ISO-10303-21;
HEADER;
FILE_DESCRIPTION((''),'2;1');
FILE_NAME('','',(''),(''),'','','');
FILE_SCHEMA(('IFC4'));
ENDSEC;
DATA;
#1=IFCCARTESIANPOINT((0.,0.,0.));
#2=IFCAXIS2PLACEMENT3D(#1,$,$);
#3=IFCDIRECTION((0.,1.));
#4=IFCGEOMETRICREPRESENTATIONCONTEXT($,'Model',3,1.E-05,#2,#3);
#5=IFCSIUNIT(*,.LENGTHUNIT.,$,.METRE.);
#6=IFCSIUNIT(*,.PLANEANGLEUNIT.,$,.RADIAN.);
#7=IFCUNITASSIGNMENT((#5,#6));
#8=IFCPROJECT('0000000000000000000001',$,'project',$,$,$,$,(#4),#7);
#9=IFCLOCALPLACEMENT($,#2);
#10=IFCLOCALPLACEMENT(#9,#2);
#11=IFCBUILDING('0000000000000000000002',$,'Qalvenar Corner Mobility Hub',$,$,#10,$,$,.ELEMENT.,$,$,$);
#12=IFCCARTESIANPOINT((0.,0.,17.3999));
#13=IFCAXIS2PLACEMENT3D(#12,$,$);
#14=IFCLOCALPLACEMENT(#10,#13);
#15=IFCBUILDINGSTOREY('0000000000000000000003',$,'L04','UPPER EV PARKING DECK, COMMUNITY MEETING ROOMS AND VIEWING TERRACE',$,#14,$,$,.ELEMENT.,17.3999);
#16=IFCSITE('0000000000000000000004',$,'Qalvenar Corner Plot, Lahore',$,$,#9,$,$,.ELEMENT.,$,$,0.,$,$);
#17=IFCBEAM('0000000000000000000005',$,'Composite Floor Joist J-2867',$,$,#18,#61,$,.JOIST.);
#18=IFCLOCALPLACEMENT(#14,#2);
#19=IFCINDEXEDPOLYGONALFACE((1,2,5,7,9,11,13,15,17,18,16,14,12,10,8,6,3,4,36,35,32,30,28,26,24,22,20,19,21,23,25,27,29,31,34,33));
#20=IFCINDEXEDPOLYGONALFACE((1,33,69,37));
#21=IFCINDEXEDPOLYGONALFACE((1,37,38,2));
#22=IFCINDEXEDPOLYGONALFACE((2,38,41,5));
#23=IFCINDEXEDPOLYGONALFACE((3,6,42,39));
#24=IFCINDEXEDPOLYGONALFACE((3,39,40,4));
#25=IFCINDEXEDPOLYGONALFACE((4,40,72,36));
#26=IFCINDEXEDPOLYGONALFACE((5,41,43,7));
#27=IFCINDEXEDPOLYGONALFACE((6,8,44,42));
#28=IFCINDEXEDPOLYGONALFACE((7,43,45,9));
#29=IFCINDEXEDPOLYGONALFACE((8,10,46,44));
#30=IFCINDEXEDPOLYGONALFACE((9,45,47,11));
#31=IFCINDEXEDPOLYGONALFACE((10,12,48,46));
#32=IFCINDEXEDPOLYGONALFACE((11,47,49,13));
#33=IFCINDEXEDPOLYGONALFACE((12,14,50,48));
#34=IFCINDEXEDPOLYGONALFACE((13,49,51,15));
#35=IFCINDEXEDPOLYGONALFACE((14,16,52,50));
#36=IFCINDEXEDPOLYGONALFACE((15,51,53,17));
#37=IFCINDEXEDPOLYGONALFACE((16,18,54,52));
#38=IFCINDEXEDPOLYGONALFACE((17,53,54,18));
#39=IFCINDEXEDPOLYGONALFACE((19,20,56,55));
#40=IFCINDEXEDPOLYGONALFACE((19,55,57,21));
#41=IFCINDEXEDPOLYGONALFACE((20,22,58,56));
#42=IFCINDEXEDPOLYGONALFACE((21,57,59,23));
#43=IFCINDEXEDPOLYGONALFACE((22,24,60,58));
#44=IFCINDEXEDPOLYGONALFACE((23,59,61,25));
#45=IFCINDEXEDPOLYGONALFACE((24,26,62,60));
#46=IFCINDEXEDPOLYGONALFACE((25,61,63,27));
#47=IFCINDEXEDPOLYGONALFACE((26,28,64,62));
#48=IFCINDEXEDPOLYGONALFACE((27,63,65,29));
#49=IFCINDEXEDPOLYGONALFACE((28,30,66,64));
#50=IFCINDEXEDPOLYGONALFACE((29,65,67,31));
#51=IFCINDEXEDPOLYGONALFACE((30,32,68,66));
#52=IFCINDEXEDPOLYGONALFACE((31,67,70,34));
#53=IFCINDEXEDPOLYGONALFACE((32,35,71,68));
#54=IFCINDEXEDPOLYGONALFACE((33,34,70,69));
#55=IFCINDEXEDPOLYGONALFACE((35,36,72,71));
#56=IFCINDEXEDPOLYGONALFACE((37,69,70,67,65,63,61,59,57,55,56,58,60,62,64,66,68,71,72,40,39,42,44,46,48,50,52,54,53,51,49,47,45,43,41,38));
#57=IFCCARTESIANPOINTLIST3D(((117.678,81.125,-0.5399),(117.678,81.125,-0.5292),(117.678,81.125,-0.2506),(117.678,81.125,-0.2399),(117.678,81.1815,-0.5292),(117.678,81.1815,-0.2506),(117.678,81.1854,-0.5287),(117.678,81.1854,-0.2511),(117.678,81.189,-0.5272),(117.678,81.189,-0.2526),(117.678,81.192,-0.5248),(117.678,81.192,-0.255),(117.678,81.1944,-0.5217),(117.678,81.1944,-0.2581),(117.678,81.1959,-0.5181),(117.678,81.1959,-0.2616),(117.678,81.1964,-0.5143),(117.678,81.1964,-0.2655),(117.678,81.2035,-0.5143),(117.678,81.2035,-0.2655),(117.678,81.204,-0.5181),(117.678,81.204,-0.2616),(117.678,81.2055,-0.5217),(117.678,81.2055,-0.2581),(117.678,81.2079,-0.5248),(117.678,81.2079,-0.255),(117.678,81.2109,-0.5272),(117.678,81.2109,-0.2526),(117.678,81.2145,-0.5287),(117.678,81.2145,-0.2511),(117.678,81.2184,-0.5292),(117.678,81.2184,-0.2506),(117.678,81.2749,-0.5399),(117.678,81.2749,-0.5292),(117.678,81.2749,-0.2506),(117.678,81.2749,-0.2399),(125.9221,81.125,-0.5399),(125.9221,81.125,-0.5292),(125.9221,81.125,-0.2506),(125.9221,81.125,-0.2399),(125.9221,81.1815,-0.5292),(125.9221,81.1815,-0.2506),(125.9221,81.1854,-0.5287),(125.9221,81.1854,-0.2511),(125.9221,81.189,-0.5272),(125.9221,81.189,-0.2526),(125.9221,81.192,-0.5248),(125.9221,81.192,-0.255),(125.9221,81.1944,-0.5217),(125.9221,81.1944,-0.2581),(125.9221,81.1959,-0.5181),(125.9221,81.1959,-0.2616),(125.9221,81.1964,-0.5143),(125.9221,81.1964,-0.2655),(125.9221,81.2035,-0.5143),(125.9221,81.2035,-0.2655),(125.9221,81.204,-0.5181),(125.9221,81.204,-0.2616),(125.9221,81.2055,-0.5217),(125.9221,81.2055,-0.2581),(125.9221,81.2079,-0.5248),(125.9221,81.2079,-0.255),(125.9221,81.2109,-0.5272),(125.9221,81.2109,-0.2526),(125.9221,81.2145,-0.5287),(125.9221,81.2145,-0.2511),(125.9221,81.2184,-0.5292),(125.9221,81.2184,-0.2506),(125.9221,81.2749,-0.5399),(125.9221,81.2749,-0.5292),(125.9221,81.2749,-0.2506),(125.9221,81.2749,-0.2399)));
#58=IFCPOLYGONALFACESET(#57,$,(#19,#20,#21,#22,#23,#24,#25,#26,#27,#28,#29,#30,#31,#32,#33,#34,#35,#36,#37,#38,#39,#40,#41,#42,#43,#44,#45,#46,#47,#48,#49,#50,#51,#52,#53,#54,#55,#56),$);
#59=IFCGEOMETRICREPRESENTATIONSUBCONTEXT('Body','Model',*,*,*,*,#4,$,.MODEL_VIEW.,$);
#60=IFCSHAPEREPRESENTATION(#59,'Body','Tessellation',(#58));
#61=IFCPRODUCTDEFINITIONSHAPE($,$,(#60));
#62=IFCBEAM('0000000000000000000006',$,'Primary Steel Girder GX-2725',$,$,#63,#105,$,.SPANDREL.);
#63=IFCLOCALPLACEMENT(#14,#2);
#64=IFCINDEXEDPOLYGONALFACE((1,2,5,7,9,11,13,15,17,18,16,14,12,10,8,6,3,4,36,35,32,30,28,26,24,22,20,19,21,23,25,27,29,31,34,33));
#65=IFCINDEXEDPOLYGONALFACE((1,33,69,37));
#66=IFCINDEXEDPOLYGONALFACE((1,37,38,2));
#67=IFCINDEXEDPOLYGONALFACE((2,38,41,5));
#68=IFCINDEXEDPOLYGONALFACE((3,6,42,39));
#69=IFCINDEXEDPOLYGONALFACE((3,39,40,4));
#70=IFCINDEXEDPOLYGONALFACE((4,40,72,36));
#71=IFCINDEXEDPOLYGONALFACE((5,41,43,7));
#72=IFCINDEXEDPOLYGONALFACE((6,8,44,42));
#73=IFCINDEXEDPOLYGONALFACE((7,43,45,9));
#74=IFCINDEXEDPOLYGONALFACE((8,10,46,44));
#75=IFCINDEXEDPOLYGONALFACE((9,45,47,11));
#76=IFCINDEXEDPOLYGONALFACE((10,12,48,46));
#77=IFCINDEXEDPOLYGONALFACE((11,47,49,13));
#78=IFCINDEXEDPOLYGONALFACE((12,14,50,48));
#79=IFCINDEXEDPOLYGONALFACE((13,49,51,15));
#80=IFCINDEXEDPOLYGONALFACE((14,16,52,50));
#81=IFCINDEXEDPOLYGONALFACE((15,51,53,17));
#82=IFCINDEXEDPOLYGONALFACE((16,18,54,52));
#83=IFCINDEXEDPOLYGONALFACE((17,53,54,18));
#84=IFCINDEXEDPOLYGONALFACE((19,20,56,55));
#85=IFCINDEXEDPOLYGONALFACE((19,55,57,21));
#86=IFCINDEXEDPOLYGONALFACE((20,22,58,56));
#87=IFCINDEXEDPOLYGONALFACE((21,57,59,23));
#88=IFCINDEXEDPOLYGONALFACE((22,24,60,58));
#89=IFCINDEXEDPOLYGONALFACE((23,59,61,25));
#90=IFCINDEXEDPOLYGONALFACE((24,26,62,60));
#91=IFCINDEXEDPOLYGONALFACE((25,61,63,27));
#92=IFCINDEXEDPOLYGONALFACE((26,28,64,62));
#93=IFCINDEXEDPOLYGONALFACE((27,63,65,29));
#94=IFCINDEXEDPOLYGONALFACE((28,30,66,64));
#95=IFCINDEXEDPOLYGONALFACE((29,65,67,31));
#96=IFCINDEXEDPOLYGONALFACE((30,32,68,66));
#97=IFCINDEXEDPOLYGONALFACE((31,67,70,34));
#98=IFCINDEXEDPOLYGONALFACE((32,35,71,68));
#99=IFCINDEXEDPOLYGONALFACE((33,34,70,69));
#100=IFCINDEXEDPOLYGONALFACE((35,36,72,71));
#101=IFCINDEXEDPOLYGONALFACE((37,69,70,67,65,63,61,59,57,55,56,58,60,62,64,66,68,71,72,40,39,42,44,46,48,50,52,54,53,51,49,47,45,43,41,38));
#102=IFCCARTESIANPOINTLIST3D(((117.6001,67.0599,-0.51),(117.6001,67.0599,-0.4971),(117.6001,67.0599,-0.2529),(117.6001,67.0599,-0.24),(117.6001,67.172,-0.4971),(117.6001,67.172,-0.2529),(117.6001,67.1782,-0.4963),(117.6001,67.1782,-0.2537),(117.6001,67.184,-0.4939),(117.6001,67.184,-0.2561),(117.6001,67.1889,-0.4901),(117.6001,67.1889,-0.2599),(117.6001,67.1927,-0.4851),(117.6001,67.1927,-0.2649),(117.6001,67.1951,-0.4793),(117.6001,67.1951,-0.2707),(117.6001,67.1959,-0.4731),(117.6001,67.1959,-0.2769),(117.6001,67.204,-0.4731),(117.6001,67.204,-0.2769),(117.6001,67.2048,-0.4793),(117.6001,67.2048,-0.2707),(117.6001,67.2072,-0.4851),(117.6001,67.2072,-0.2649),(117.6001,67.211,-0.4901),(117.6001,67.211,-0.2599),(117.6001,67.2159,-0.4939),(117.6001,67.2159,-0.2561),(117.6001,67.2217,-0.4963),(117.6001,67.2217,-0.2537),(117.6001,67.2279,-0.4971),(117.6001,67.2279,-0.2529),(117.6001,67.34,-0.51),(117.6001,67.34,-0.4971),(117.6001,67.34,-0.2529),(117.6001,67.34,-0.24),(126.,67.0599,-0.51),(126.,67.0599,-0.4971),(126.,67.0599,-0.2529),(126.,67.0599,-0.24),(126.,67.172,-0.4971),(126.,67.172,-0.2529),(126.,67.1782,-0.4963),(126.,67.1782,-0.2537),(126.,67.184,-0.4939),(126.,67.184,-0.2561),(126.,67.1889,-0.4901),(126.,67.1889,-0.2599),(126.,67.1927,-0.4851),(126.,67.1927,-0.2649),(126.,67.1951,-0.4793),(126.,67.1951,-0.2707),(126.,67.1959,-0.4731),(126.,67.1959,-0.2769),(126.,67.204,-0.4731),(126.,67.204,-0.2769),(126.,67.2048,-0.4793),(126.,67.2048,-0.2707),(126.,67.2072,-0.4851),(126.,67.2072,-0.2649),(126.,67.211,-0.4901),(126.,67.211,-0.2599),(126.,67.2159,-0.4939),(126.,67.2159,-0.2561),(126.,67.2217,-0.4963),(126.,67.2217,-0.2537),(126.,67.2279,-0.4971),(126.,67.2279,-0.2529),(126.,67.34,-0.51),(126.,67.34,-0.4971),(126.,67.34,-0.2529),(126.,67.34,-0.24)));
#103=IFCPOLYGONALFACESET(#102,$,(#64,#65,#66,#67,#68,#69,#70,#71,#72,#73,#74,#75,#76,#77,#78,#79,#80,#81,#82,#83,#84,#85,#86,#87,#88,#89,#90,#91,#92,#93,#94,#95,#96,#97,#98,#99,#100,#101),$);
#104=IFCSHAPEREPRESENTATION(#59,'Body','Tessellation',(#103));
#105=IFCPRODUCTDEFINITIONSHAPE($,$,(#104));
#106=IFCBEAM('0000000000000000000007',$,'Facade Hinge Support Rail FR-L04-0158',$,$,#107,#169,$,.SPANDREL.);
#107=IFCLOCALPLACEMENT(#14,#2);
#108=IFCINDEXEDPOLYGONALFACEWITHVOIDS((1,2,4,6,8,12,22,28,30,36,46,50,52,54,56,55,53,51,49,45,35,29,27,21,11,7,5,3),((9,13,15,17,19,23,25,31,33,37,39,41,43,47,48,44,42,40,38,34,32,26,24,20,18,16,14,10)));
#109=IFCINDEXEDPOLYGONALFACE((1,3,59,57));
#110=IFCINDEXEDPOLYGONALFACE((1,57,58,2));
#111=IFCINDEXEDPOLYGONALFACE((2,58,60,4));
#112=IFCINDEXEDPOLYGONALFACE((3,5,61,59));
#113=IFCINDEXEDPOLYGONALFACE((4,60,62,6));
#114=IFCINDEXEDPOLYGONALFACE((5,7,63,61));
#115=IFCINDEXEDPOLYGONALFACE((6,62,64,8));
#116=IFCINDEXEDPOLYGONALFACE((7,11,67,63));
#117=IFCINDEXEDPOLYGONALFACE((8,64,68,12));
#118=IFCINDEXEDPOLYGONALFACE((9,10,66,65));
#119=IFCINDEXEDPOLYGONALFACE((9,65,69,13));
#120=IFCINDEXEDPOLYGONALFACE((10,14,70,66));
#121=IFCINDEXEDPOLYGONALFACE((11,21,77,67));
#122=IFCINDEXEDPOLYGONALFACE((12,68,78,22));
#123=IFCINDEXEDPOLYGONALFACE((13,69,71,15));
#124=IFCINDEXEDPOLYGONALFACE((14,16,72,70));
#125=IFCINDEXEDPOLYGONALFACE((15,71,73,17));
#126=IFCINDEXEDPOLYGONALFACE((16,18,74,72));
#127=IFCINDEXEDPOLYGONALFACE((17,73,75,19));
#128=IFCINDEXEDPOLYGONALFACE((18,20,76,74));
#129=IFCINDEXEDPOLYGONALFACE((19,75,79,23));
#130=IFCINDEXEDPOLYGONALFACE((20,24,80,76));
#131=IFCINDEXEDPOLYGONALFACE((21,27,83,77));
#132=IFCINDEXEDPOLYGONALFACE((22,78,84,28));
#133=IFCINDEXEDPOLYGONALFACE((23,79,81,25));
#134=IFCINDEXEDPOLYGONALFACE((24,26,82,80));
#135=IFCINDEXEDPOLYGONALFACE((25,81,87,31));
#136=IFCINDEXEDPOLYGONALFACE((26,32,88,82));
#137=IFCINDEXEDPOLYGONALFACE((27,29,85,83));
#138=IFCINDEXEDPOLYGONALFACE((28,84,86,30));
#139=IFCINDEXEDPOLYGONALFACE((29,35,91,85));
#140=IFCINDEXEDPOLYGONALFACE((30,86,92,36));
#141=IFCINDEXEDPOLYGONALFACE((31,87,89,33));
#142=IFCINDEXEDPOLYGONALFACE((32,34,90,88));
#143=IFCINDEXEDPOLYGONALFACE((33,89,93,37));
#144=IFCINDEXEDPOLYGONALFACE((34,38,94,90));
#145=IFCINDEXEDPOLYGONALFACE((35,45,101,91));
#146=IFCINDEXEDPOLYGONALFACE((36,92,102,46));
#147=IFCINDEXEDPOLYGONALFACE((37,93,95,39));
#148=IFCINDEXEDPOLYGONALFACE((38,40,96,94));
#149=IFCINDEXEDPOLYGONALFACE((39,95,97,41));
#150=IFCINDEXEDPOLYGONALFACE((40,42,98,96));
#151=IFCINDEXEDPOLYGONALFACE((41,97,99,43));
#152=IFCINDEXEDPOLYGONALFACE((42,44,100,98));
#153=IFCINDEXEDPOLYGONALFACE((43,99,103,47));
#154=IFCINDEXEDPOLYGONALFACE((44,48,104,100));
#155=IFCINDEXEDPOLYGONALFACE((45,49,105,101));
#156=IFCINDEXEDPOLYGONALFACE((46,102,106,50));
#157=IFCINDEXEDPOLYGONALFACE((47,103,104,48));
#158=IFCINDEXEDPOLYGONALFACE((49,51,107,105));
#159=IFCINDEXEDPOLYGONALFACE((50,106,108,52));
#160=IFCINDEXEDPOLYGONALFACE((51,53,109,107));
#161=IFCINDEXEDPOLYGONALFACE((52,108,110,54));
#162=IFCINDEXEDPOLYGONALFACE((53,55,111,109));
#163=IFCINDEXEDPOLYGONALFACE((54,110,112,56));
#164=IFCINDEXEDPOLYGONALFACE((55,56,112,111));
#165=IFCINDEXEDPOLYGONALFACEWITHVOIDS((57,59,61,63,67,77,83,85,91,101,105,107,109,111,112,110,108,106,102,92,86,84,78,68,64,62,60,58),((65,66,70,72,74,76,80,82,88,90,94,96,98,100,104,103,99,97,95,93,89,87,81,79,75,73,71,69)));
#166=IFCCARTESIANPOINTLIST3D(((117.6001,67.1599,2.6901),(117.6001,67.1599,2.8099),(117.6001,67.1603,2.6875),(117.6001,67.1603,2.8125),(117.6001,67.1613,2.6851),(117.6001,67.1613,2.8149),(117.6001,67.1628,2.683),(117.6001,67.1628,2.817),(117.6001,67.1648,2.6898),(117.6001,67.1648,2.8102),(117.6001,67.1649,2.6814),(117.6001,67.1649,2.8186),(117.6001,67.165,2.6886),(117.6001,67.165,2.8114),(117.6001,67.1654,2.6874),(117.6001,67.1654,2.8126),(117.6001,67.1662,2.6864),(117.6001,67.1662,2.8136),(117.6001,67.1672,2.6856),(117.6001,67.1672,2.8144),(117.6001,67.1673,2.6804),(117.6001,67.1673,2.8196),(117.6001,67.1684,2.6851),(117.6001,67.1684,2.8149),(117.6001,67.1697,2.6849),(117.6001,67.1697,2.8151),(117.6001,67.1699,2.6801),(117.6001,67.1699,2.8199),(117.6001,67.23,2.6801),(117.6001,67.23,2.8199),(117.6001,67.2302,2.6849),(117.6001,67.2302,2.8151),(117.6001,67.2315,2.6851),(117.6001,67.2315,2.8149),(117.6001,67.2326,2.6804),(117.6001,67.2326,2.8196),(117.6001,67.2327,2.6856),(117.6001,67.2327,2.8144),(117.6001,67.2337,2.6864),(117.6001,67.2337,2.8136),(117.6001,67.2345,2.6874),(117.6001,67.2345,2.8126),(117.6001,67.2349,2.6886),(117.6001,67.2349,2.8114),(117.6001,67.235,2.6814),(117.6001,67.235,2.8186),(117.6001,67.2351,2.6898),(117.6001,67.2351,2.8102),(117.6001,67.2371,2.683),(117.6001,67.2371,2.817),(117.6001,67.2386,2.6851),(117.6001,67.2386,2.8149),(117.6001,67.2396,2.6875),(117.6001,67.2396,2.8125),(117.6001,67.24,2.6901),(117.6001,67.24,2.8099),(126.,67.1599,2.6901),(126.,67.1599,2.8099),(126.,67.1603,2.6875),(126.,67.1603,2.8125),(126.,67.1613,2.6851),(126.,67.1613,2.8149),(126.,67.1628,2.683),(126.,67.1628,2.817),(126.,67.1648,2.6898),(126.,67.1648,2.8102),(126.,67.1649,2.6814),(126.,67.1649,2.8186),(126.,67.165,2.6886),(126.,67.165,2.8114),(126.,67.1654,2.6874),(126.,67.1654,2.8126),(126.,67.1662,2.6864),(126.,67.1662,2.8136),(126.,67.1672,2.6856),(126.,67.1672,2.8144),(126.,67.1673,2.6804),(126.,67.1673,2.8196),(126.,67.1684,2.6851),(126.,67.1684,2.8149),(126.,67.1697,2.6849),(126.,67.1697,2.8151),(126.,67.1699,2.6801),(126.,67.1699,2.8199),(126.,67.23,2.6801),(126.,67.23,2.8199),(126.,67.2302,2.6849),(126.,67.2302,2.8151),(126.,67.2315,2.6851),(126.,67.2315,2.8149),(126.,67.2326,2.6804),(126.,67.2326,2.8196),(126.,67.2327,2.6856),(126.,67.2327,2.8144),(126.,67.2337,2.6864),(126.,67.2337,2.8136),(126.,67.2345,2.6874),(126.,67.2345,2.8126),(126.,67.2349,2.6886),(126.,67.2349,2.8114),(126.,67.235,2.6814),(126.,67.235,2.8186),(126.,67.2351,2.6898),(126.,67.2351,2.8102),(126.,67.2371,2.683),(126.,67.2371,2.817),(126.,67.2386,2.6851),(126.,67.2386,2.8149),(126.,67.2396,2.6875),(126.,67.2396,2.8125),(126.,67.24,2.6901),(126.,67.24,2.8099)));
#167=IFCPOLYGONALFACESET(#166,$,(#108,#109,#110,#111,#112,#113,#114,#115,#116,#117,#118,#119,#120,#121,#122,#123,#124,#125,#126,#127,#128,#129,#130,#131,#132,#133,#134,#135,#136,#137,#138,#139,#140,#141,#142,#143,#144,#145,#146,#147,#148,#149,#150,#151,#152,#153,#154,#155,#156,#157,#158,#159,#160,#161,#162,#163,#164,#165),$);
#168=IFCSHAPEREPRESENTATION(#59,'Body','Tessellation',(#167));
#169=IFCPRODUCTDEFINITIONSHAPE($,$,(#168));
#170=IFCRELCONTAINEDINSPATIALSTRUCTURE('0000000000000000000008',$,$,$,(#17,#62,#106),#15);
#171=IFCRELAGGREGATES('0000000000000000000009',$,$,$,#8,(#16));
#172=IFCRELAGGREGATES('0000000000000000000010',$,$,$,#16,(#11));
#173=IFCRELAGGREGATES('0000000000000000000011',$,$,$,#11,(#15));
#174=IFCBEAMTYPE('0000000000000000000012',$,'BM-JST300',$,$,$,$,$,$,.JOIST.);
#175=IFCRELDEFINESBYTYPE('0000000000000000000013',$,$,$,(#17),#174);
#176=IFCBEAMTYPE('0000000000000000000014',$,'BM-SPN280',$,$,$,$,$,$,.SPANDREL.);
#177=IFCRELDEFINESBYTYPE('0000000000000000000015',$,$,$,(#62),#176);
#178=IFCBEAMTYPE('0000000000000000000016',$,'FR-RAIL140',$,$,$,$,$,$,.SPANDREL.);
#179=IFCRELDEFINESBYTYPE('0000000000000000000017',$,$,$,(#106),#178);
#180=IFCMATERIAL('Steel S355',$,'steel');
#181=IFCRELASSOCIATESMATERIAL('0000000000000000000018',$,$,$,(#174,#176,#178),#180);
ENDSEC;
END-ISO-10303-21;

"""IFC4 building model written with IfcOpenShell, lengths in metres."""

from ifc_helpers import new_model, si_unit, direction, frame, origin, origin_2d, place, context, subcontext, project, spatial, hollow_rectangle, i_section, extrude, material, material_profile, profile_set, type_object, element, save


model = new_model("IFC4")

# Units and contexts
model_context = context("Model", 3, precision=1e-05, world=origin(), true_north=direction((0.0, 1.0)))
body_context = subcontext(model_context, "Body", "Model", "MODEL_VIEW")
ifc_project = project(units=[si_unit("LENGTHUNIT", "METRE"), si_unit("PLANEANGLEUNIT", "RADIAN")], contexts=[model_context])

# Site, building, storey
site_placement = place(None, origin())
site = spatial("IfcSite", under=ifc_project, at=site_placement, Name="Qalvenar Corner Plot, Lahore", CompositionType="ELEMENT", RefElevation=0.0)
building_placement = place(site_placement, origin())
building = spatial("IfcBuilding", under=site, at=building_placement, Name="Qalvenar Corner Mobility Hub", CompositionType="ELEMENT")
storey_placement = place(building_placement, frame((0.0, 0.0, 17.3999)))
storey = spatial("IfcBuildingStorey", under=building, at=storey_placement, Name="L04", Description="UPPER EV PARKING DECK, COMMUNITY MEETING ROOMS AND VIEWING TERRACE", CompositionType="ELEMENT", Elevation=17.3999)

# Shared definitions
ifc_material = material(Name="Steel S355", Category="steel")

# Beams
ifc_material_profile_1 = material_profile(ifc_material, i_section(OverallWidth=0.1499, OverallDepth=0.3, WebThickness=0.0071, FlangeThickness=0.0107, FilletRadius=0.0149, at=origin_2d()), Name="IPE300")
ifc_profile_set_1 = profile_set([ifc_material_profile_1], Name="Steel S355")
beam_type_1 = type_object("IfcBeamType", Name="BM-JST300", PredefinedType="JOIST", material=ifc_profile_set_1)
for number, where, z_axis, x_axis, name in (
    (1, (117.678, 81.2, -0.3899), (1.0, 0.0, 0.0), (0.0, 1.0, 0.0), "Composite Floor Joist J-2867"),
):
    element("IfcBeam", number, at=place(storey_placement, frame(where, z_axis=z_axis, x_axis=x_axis)), inside=storey, type_object=beam_type_1, Name=name, PredefinedType="JOIST", context=body_context, shape_type="SweptSolid", body=[
        extrude(i_section(OverallWidth=0.1499, OverallDepth=0.3, WebThickness=0.0071, FlangeThickness=0.0107, FilletRadius=0.0149, at=origin_2d()), origin(), (0.0, 0.0, 1.0), 8.2441),
    ])
ifc_material_profile_2 = material_profile(ifc_material, i_section(OverallWidth=0.28, OverallDepth=0.27, WebThickness=0.0081, FlangeThickness=0.0129, FilletRadius=0.0239, at=origin_2d()), Name="HEA280")
ifc_profile_set_2 = profile_set([ifc_material_profile_2], Name="Steel S355")
beam_type_2 = type_object("IfcBeamType", Name="BM-SPN280", PredefinedType="SPANDREL", material=ifc_profile_set_2)
beam_1_placement = place(storey_placement, frame((117.6001, 67.2, -0.375), z_axis=(1.0, 0.0, 0.0), x_axis=(0.0, 1.0, 0.0)))
element("IfcBeam", 2, at=beam_1_placement, inside=storey, type_object=beam_type_2, Name="Primary Steel Girder GX-2725", PredefinedType="SPANDREL", context=body_context, shape_type="SweptSolid", body=[
    extrude(i_section(OverallWidth=0.28, OverallDepth=0.27, WebThickness=0.0081, FlangeThickness=0.0129, FilletRadius=0.0239, at=origin_2d()), origin(), (0.0, 0.0, 1.0), 8.3999),
])
ifc_material_profile_3 = material_profile(ifc_material, hollow_rectangle(XDim=0.0801, YDim=0.1399, WallThickness=0.0049, InnerFilletRadius=0.0049, OuterFilletRadius=0.01, at=origin_2d()), Name="RHS140x80x5")
ifc_profile_set_3 = profile_set([ifc_material_profile_3], Name="Steel S355")
beam_type_3 = type_object("IfcBeamType", Name="FR-RAIL140", PredefinedType="SPANDREL", material=ifc_profile_set_3)
beam_2_placement = place(storey_placement, frame((117.6001, 67.2, 2.75), z_axis=(1.0, 0.0, 0.0), x_axis=(0.0, 1.0, 0.0)))
element("IfcBeam", 3, at=beam_2_placement, inside=storey, type_object=beam_type_3, Name="Facade Hinge Support Rail FR-L04-0158", PredefinedType="SPANDREL", context=body_context, shape_type="SweptSolid", body=[
    extrude(hollow_rectangle(XDim=0.0801, YDim=0.1399, WallThickness=0.0049, InnerFilletRadius=0.0049, OuterFilletRadius=0.01, at=origin_2d()), origin(), (0.0, 0.0, 1.0), 8.3999),
])

save(model, "model.ifc")
